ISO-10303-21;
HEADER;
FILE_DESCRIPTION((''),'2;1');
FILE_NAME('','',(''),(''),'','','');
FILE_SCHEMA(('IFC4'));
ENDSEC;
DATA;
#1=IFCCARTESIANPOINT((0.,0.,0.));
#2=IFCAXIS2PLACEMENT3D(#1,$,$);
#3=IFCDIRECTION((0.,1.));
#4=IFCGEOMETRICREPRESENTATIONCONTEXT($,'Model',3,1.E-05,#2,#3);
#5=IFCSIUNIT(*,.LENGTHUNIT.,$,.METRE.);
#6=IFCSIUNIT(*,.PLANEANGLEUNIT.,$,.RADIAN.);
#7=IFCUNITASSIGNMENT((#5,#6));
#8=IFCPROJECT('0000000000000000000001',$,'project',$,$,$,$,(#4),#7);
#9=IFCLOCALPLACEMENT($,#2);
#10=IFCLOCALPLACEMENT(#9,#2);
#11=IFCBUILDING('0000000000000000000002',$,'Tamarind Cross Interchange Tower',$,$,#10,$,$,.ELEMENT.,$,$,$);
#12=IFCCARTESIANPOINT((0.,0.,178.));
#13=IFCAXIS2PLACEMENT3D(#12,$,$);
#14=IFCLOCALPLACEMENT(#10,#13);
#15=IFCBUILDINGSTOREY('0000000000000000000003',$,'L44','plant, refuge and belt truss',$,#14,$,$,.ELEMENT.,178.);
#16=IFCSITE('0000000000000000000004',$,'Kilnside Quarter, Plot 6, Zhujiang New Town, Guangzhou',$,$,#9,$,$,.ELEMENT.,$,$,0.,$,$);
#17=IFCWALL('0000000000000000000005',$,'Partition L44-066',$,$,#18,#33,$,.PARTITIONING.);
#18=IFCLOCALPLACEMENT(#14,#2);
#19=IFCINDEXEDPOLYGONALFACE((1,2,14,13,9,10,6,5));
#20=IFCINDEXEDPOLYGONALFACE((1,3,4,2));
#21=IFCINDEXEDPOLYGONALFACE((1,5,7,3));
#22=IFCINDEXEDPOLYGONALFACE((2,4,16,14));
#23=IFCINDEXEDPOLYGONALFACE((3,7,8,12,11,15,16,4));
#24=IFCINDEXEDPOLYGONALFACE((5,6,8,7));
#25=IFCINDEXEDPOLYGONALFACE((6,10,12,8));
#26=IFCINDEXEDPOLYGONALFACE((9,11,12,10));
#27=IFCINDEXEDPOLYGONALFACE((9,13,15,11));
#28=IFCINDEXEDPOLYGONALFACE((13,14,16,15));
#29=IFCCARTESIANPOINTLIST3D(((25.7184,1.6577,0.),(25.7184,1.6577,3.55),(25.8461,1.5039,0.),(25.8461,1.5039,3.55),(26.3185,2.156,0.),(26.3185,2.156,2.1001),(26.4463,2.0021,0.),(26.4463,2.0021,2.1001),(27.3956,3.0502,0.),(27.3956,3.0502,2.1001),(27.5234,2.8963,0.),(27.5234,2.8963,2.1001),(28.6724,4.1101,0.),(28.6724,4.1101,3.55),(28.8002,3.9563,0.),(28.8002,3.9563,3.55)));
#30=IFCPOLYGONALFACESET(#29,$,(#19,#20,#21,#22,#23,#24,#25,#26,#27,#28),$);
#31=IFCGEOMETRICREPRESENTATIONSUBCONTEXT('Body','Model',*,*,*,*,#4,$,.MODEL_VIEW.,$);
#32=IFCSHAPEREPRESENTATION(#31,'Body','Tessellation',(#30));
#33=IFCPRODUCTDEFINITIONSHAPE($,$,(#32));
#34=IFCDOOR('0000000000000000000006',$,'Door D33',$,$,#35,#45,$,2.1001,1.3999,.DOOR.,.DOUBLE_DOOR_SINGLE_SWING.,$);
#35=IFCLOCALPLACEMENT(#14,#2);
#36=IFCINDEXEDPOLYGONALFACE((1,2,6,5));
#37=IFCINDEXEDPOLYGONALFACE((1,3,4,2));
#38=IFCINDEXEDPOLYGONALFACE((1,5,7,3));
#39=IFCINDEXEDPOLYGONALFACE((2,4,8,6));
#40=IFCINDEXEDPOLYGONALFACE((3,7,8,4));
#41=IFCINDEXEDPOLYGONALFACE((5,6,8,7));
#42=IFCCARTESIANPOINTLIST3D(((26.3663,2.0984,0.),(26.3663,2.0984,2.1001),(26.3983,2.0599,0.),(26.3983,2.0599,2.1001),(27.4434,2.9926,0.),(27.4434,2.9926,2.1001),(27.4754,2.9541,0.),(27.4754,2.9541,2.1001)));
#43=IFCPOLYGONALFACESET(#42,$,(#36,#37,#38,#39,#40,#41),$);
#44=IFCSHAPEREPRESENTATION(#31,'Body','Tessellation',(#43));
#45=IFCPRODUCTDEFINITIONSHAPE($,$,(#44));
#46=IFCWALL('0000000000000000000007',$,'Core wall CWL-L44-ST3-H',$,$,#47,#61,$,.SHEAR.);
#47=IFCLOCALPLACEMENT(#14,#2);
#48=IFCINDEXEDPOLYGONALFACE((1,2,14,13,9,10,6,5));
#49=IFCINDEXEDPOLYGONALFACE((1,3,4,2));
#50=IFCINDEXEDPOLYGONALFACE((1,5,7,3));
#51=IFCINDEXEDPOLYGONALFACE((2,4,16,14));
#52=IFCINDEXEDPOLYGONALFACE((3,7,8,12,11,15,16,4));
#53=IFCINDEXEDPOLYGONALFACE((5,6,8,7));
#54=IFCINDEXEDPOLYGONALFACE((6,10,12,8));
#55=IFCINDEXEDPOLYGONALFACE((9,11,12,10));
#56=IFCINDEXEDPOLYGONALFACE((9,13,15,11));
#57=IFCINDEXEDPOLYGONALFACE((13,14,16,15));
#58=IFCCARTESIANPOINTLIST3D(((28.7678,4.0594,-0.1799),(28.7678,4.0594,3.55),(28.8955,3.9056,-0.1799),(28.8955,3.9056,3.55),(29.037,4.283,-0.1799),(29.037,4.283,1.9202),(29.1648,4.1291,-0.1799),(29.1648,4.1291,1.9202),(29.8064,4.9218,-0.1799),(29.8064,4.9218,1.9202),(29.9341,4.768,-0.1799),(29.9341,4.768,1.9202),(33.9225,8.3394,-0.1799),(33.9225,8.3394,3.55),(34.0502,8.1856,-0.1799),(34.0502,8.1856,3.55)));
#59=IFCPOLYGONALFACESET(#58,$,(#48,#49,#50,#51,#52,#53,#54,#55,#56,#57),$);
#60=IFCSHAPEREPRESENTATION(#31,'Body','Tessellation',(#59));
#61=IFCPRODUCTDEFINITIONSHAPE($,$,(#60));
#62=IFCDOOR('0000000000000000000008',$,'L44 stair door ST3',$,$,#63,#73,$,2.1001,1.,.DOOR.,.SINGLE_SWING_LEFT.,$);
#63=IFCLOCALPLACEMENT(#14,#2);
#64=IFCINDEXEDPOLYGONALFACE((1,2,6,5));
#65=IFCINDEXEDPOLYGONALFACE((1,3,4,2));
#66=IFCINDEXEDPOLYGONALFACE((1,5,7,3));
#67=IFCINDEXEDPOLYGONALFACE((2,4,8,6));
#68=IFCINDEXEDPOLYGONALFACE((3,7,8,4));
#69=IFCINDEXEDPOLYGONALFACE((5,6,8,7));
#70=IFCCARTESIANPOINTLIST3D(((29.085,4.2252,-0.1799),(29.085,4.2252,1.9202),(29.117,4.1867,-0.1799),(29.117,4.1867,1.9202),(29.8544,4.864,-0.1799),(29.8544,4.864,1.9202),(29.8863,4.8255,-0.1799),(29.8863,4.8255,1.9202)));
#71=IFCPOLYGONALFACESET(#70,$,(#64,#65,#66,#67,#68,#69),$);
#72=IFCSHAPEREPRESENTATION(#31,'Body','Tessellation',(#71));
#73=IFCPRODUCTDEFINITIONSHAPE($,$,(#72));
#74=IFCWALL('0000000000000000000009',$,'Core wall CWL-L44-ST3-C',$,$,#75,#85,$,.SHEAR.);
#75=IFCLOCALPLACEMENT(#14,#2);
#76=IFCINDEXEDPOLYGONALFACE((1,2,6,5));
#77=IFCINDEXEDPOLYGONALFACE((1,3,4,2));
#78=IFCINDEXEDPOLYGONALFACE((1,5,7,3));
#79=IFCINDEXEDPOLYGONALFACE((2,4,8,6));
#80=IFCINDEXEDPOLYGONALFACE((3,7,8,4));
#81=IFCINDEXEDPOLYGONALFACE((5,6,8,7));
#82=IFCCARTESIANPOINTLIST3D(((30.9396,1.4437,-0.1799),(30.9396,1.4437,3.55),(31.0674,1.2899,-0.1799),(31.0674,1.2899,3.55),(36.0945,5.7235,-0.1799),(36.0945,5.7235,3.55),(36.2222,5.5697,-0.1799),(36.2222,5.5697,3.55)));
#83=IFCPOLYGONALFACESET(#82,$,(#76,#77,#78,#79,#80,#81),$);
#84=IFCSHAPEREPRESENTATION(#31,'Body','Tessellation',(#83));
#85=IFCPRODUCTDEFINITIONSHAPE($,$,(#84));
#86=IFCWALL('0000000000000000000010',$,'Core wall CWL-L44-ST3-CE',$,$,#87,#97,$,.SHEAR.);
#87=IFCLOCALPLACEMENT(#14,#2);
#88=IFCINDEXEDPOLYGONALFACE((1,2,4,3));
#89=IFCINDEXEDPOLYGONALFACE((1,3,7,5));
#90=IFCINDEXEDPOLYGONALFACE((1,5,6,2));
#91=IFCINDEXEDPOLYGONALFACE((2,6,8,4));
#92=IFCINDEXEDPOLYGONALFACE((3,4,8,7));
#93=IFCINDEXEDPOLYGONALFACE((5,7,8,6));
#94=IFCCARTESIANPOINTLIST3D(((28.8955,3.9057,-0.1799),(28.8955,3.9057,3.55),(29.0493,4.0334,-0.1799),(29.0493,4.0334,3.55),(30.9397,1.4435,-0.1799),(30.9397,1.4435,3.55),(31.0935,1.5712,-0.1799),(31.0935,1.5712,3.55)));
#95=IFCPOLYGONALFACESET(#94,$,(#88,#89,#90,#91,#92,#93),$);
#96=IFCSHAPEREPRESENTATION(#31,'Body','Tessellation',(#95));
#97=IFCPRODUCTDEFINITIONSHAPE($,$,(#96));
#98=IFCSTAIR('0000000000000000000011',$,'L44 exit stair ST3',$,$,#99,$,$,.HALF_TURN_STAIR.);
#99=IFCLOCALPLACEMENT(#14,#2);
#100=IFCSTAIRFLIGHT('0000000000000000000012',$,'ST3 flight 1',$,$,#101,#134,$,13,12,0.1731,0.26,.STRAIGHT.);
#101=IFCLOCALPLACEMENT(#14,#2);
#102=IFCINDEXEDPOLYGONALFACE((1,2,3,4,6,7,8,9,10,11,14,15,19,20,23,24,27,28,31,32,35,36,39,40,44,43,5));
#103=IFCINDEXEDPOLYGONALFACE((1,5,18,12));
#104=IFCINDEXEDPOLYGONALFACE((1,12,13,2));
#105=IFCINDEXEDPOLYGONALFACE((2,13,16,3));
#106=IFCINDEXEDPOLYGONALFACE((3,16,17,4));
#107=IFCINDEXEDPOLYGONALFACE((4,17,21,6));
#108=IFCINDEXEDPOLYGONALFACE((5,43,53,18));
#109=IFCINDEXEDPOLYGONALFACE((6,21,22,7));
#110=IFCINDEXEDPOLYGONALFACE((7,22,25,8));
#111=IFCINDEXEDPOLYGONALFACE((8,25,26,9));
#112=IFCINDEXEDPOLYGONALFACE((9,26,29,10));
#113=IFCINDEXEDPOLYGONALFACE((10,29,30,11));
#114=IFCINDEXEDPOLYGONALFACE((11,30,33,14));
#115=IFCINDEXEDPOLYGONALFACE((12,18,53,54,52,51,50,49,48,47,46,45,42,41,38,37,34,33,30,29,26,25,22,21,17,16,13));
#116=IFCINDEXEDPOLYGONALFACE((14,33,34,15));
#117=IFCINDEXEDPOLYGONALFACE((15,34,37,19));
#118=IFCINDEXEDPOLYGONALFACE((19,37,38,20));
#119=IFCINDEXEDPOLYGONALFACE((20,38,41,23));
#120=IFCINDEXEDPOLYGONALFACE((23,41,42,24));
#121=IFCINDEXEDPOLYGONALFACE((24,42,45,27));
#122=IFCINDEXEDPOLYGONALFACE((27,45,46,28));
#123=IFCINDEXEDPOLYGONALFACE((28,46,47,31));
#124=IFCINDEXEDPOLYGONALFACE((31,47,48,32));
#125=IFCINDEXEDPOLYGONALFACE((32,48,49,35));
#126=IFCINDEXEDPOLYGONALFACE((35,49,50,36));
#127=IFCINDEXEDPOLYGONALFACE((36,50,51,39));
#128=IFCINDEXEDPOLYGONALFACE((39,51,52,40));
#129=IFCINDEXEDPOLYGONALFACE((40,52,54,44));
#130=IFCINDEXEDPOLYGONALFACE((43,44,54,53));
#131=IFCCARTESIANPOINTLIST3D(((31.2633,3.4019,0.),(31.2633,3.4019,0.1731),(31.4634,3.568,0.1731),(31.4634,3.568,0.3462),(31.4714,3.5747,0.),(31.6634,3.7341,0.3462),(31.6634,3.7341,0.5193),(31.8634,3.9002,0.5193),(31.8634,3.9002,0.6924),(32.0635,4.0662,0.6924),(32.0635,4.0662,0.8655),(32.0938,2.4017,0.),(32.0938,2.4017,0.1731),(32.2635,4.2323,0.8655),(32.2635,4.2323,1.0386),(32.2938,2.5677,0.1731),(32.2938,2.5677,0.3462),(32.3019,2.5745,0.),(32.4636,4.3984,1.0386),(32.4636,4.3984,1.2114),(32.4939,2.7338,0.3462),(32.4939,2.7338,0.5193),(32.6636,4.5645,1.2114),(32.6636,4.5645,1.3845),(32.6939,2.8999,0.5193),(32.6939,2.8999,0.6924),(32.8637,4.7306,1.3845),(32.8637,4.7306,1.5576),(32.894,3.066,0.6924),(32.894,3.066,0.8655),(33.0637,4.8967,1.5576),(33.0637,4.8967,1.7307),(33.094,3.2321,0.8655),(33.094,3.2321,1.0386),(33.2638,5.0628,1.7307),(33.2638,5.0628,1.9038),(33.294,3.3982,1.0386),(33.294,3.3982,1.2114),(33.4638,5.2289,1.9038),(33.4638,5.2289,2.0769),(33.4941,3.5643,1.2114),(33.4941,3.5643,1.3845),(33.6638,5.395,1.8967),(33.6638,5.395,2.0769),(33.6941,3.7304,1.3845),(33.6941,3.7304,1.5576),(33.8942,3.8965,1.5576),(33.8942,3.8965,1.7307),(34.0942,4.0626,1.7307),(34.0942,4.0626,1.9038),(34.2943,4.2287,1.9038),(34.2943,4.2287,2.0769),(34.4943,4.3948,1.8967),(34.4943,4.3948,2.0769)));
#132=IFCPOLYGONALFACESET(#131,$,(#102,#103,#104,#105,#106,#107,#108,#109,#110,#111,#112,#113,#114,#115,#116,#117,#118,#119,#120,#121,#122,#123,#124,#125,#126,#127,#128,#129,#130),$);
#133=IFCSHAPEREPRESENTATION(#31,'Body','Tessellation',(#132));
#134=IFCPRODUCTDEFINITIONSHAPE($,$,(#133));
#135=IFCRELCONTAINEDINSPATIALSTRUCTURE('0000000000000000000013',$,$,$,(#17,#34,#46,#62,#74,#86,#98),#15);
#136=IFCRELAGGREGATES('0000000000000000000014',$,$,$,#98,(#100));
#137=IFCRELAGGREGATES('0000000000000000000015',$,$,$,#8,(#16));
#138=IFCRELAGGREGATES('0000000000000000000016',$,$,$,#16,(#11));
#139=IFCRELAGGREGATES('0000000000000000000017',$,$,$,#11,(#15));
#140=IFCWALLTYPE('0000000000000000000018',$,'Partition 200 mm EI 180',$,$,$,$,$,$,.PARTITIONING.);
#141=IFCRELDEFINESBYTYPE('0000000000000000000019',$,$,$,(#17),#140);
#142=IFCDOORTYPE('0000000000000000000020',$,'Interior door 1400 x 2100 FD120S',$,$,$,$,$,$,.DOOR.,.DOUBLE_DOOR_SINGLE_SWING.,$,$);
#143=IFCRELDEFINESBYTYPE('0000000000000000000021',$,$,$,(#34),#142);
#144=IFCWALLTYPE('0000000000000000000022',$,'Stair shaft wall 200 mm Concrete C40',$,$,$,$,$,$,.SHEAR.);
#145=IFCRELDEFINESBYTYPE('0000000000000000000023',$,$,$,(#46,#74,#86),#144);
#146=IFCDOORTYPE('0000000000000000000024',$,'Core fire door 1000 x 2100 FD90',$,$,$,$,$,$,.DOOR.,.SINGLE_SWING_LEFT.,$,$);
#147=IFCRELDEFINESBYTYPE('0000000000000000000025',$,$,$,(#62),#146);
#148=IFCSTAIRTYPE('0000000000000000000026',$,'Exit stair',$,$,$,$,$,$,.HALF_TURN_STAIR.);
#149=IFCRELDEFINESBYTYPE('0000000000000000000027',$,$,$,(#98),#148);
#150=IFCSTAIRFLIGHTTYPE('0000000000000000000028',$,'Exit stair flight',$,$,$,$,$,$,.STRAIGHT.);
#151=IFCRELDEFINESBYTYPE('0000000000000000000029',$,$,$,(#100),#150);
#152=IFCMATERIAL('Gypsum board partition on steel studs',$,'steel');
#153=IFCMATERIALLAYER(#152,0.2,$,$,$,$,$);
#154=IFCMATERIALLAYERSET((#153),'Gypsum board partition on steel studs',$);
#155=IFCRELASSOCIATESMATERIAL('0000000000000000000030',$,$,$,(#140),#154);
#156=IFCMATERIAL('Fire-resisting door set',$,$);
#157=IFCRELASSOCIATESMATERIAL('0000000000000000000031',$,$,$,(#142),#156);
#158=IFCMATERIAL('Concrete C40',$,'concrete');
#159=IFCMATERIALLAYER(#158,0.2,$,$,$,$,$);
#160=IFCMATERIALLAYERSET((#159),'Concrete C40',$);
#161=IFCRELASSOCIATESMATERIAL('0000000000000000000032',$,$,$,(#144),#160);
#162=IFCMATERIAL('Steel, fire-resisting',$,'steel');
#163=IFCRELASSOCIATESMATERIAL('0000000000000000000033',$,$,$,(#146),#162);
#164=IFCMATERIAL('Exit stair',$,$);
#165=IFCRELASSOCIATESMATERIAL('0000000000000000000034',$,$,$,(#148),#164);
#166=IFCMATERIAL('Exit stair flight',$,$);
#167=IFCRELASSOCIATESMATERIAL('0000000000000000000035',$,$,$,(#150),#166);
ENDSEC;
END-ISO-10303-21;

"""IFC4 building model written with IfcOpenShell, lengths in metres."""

from ifc_helpers import new_model, si_unit, direction, frame, frame_2d, origin, place, context, subcontext, project, spatial, polyline, rectangle, outline, extrude, material, layer, layer_set, type_object, element, fill, aggregate, save


model = new_model("IFC4")

# Units and contexts
model_context = context("Model", 3, precision=1e-05, world=origin(), true_north=direction((0.0, 1.0)))
body_context = subcontext(model_context, "Body", "Model", "MODEL_VIEW")
ifc_project = project(units=[si_unit("LENGTHUNIT", "METRE"), si_unit("PLANEANGLEUNIT", "RADIAN")], contexts=[model_context])

# Site, building, storey
site_placement = place(None, origin())
site = spatial("IfcSite", under=ifc_project, at=site_placement, Name="Kilnside Quarter, Plot 6, Zhujiang New Town, Guangzhou", CompositionType="ELEMENT", RefElevation=0.0)
building_placement = place(site_placement, origin())
building = spatial("IfcBuilding", under=site, at=building_placement, Name="Tamarind Cross Interchange Tower", CompositionType="ELEMENT")
storey_placement = place(building_placement, frame((0.0, 0.0, 178.0)))
storey = spatial("IfcBuildingStorey", under=building, at=storey_placement, Name="L44", Description="plant, refuge and belt truss", CompositionType="ELEMENT", Elevation=178.0)

# Shared definitions
ifc_material_1 = material(Name="Gypsum board partition on steel studs", Category="steel")
ifc_layer_1 = layer(ifc_material_1, 0.2)
ifc_layer_set_1 = layer_set([ifc_layer_1], Name="Gypsum board partition on steel studs")
wall_type_1 = type_object("IfcWallType", Name="Partition 200 mm EI 180", PredefinedType="PARTITIONING", material=ifc_layer_set_1)
ifc_material_2 = material(Name="Fire-resisting door set")
door_type_1 = type_object("IfcDoorType", Name="Interior door 1400 x 2100 FD120S", OperationType="DOUBLE_DOOR_SINGLE_SWING", PredefinedType="DOOR", material=ifc_material_2)

# Walls, openings, doors
wall_1_placement = place(storey_placement, frame((25.7822, 1.5808, 0.0), z_axis=(0.0, 0.0, 1.0), x_axis=(0.769419, 0.638745, 0.0)))
wall_1 = element("IfcWall", 1, at=wall_1_placement, inside=storey, type_object=wall_type_1, Name="Partition L44-066", PredefinedType="PARTITIONING", context=body_context, shape_type="SweptSolid", body=[
    extrude(rectangle(XDim=3.8394, YDim=0.2, at=frame_2d((1.9197, 0.0))), origin(), (0.0, 0.0, 1.0), 3.55),
])
opening_1_placement = place(wall_1_placement, frame((0.78, 0.0, 0.0)))
opening_1 = element("IfcOpeningElement", 2, at=opening_1_placement, cuts=wall_1, PredefinedType="OPENING", context=body_context, shape_type="SweptSolid", body=[
    extrude(rectangle(XDim=1.3999, YDim=2.1001, at=frame_2d((0.7, 1.05))), frame((0.0, 0.1099, 0.0), z_axis=(0.0, -1.0, 0.0), x_axis=(1.0, 0.0, 0.0)), (0.0, 0.0, 1.0), 0.22),
])
door_1_placement = place(opening_1_placement, frame((1.3999, 0.0, 0.0), z_axis=(0.0, 0.0, 1.0), x_axis=(-1.0, 0.0, 0.0)))
door_1 = element("IfcDoor", 3, at=door_1_placement, inside=storey, type_object=door_type_1, Name="Door D33", OperationType="DOUBLE_DOOR_SINGLE_SWING", OverallHeight=2.1001, OverallWidth=1.3999, PredefinedType="DOOR", context=body_context, shape_type="SweptSolid", body=[
    extrude(rectangle(XDim=1.3999, YDim=2.1001, at=frame_2d((0.7, 1.05))), frame((0.0, 0.0249, 0.0), z_axis=(0.0, -1.0, 0.0), x_axis=(1.0, 0.0, 0.0)), (0.0, 0.0, 1.0), 0.05),
])
fill(opening_1, door_1)
ifc_material_3 = material(Name="Concrete C40", Category="concrete")
ifc_layer_2 = layer(ifc_material_3, 0.2)
ifc_layer_set_2 = layer_set([ifc_layer_2], Name="Concrete C40")
wall_type_2 = type_object("IfcWallType", Name="Stair shaft wall 200 mm Concrete C40", PredefinedType="SHEAR", material=ifc_layer_set_2)
wall_2_placement = place(storey_placement, frame((28.8315, 3.9824, -0.1799), z_axis=(0.0, 0.0, 1.0), x_axis=(0.769367, 0.638807, 0.0)))
wall_2 = element("IfcWall", 4, at=wall_2_placement, inside=storey, type_object=wall_type_2, Name="Core wall CWL-L44-ST3-H", PredefinedType="SHEAR", context=body_context, shape_type="SweptSolid", body=[
    extrude(rectangle(XDim=6.7, YDim=0.2, at=frame_2d((3.3501, 0.0))), origin(), (0.0, 0.0, 1.0), 3.73),
])
opening_2_placement = place(wall_2_placement, frame((0.3501, 0.0, 0.0)))
opening_2 = element("IfcOpeningElement", 5, at=opening_2_placement, cuts=wall_2, PredefinedType="OPENING", context=body_context, shape_type="SweptSolid", body=[
    extrude(rectangle(XDim=1.0, YDim=2.1001, at=frame_2d((0.5, 1.05))), frame((0.0, 0.1099, 0.0), z_axis=(0.0, -1.0, 0.0), x_axis=(1.0, 0.0, 0.0)), (0.0, 0.0, 1.0), 0.22),
])
ifc_material_4 = material(Name="Steel, fire-resisting", Category="steel")
door_type_2 = type_object("IfcDoorType", Name="Core fire door 1000 x 2100 FD90", OperationType="SINGLE_SWING_LEFT", PredefinedType="DOOR", material=ifc_material_4)
door_2_placement = place(opening_2_placement, origin())
door_2 = element("IfcDoor", 6, at=door_2_placement, inside=storey, type_object=door_type_2, Name="L44 stair door ST3", OperationType="SINGLE_SWING_LEFT", OverallHeight=2.1001, OverallWidth=1.0, PredefinedType="DOOR", context=body_context, shape_type="SweptSolid", body=[
    extrude(rectangle(XDim=1.0, YDim=2.1001, at=frame_2d((0.5, 1.05))), frame((0.0, 0.0249, 0.0), z_axis=(0.0, -1.0, 0.0), x_axis=(1.0, 0.0, 0.0)), (0.0, 0.0, 1.0), 0.05),
])
fill(opening_2, door_2)

# Walls
wall_3_placement = place(storey_placement, frame((31.0034, 1.3667, -0.1799), z_axis=(0.0, 0.0, 1.0), x_axis=(0.769385, 0.638785, 0.0)))
element("IfcWall", 7, at=wall_3_placement, inside=storey, type_object=wall_type_2, Name="Core wall CWL-L44-ST3-C", PredefinedType="SHEAR", context=body_context, shape_type="SweptSolid", body=[
    extrude(rectangle(XDim=6.7, YDim=0.2, at=frame_2d((3.3501, 0.0))), origin(), (0.0, 0.0, 1.0), 3.73),
])
wall_4_placement = place(storey_placement, frame((31.0166, 1.5073, -0.1799), z_axis=(0.0, 0.0, 1.0), x_axis=(-0.63878, 0.769389, 0.0)))
element("IfcWall", 8, at=wall_4_placement, inside=storey, type_object=wall_type_2, Name="Core wall CWL-L44-ST3-CE", PredefinedType="SHEAR", context=body_context, shape_type="SweptSolid", body=[
    extrude(rectangle(XDim=3.2002, YDim=0.2, at=frame_2d((1.6001, 0.0))), origin(), (0.0, 0.0, 1.0), 3.73),
])

# Stair, stair flight
ifc_material_5 = material(Name="Exit stair")
stair_type = type_object("IfcStairType", Name="Exit stair", PredefinedType="HALF_TURN_STAIR", material=ifc_material_5)
stair_placement = place(storey_placement, origin())
stair = element("IfcStair", 9, at=stair_placement, inside=storey, type_object=stair_type, Name="L44 exit stair ST3", PredefinedType="HALF_TURN_STAIR")
ifc_material_6 = material(Name="Exit stair flight")
stair_flight_type = type_object("IfcStairFlightType", Name="Exit stair flight", PredefinedType="STRAIGHT", material=ifc_material_6)
stair_flight_placement = place(storey_placement, frame((31.6785, 2.9019, 0.0), z_axis=(0.0, 0.0, 1.0), x_axis=(0.769373, 0.6388, 0.0)))
stair_flight = element("IfcStairFlight", 10, at=stair_flight_placement, type_object=stair_flight_type, Name="ST3 flight 1", NumberOfRisers=13, NumberOfTreads=12, PredefinedType="STRAIGHT", RiserHeight=0.1731, TreadLength=0.26, context=body_context, shape_type="SweptSolid", body=[
    extrude(outline(polyline([(0.0, 0.0), (0.0, 0.1731), (0.26, 0.1731), (0.26, 0.3462), (0.52, 0.3462), (0.52, 0.5193), (0.78, 0.5193), (0.78, 0.6924), (1.04, 0.6924), (1.04, 0.8655), (1.3, 0.8655), (1.3, 1.0386), (1.5601, 1.0386), (1.5601, 1.2114), (1.8201, 1.2114), (1.8201, 1.3845), (2.0801, 1.3845), (2.0801, 1.5576), (2.3401, 1.5576), (2.3401, 1.7307), (2.6001, 1.7307), (2.6001, 1.9038), (2.8601, 1.9038), (2.8601, 2.0769), (3.1201, 2.0769), (3.1201, 2.25), (3.1201, 1.8967), (0.2705, 0.0), (0.0, 0.0)])), frame((0.0, 0.6499, 0.0), z_axis=(0.0, -1.0, 0.0), x_axis=(1.0, 0.0, 0.0)), (0.0, 0.0, 1.0), 1.3),
])
aggregate(stair, [stair_flight])

save(model, "model.ifc")
